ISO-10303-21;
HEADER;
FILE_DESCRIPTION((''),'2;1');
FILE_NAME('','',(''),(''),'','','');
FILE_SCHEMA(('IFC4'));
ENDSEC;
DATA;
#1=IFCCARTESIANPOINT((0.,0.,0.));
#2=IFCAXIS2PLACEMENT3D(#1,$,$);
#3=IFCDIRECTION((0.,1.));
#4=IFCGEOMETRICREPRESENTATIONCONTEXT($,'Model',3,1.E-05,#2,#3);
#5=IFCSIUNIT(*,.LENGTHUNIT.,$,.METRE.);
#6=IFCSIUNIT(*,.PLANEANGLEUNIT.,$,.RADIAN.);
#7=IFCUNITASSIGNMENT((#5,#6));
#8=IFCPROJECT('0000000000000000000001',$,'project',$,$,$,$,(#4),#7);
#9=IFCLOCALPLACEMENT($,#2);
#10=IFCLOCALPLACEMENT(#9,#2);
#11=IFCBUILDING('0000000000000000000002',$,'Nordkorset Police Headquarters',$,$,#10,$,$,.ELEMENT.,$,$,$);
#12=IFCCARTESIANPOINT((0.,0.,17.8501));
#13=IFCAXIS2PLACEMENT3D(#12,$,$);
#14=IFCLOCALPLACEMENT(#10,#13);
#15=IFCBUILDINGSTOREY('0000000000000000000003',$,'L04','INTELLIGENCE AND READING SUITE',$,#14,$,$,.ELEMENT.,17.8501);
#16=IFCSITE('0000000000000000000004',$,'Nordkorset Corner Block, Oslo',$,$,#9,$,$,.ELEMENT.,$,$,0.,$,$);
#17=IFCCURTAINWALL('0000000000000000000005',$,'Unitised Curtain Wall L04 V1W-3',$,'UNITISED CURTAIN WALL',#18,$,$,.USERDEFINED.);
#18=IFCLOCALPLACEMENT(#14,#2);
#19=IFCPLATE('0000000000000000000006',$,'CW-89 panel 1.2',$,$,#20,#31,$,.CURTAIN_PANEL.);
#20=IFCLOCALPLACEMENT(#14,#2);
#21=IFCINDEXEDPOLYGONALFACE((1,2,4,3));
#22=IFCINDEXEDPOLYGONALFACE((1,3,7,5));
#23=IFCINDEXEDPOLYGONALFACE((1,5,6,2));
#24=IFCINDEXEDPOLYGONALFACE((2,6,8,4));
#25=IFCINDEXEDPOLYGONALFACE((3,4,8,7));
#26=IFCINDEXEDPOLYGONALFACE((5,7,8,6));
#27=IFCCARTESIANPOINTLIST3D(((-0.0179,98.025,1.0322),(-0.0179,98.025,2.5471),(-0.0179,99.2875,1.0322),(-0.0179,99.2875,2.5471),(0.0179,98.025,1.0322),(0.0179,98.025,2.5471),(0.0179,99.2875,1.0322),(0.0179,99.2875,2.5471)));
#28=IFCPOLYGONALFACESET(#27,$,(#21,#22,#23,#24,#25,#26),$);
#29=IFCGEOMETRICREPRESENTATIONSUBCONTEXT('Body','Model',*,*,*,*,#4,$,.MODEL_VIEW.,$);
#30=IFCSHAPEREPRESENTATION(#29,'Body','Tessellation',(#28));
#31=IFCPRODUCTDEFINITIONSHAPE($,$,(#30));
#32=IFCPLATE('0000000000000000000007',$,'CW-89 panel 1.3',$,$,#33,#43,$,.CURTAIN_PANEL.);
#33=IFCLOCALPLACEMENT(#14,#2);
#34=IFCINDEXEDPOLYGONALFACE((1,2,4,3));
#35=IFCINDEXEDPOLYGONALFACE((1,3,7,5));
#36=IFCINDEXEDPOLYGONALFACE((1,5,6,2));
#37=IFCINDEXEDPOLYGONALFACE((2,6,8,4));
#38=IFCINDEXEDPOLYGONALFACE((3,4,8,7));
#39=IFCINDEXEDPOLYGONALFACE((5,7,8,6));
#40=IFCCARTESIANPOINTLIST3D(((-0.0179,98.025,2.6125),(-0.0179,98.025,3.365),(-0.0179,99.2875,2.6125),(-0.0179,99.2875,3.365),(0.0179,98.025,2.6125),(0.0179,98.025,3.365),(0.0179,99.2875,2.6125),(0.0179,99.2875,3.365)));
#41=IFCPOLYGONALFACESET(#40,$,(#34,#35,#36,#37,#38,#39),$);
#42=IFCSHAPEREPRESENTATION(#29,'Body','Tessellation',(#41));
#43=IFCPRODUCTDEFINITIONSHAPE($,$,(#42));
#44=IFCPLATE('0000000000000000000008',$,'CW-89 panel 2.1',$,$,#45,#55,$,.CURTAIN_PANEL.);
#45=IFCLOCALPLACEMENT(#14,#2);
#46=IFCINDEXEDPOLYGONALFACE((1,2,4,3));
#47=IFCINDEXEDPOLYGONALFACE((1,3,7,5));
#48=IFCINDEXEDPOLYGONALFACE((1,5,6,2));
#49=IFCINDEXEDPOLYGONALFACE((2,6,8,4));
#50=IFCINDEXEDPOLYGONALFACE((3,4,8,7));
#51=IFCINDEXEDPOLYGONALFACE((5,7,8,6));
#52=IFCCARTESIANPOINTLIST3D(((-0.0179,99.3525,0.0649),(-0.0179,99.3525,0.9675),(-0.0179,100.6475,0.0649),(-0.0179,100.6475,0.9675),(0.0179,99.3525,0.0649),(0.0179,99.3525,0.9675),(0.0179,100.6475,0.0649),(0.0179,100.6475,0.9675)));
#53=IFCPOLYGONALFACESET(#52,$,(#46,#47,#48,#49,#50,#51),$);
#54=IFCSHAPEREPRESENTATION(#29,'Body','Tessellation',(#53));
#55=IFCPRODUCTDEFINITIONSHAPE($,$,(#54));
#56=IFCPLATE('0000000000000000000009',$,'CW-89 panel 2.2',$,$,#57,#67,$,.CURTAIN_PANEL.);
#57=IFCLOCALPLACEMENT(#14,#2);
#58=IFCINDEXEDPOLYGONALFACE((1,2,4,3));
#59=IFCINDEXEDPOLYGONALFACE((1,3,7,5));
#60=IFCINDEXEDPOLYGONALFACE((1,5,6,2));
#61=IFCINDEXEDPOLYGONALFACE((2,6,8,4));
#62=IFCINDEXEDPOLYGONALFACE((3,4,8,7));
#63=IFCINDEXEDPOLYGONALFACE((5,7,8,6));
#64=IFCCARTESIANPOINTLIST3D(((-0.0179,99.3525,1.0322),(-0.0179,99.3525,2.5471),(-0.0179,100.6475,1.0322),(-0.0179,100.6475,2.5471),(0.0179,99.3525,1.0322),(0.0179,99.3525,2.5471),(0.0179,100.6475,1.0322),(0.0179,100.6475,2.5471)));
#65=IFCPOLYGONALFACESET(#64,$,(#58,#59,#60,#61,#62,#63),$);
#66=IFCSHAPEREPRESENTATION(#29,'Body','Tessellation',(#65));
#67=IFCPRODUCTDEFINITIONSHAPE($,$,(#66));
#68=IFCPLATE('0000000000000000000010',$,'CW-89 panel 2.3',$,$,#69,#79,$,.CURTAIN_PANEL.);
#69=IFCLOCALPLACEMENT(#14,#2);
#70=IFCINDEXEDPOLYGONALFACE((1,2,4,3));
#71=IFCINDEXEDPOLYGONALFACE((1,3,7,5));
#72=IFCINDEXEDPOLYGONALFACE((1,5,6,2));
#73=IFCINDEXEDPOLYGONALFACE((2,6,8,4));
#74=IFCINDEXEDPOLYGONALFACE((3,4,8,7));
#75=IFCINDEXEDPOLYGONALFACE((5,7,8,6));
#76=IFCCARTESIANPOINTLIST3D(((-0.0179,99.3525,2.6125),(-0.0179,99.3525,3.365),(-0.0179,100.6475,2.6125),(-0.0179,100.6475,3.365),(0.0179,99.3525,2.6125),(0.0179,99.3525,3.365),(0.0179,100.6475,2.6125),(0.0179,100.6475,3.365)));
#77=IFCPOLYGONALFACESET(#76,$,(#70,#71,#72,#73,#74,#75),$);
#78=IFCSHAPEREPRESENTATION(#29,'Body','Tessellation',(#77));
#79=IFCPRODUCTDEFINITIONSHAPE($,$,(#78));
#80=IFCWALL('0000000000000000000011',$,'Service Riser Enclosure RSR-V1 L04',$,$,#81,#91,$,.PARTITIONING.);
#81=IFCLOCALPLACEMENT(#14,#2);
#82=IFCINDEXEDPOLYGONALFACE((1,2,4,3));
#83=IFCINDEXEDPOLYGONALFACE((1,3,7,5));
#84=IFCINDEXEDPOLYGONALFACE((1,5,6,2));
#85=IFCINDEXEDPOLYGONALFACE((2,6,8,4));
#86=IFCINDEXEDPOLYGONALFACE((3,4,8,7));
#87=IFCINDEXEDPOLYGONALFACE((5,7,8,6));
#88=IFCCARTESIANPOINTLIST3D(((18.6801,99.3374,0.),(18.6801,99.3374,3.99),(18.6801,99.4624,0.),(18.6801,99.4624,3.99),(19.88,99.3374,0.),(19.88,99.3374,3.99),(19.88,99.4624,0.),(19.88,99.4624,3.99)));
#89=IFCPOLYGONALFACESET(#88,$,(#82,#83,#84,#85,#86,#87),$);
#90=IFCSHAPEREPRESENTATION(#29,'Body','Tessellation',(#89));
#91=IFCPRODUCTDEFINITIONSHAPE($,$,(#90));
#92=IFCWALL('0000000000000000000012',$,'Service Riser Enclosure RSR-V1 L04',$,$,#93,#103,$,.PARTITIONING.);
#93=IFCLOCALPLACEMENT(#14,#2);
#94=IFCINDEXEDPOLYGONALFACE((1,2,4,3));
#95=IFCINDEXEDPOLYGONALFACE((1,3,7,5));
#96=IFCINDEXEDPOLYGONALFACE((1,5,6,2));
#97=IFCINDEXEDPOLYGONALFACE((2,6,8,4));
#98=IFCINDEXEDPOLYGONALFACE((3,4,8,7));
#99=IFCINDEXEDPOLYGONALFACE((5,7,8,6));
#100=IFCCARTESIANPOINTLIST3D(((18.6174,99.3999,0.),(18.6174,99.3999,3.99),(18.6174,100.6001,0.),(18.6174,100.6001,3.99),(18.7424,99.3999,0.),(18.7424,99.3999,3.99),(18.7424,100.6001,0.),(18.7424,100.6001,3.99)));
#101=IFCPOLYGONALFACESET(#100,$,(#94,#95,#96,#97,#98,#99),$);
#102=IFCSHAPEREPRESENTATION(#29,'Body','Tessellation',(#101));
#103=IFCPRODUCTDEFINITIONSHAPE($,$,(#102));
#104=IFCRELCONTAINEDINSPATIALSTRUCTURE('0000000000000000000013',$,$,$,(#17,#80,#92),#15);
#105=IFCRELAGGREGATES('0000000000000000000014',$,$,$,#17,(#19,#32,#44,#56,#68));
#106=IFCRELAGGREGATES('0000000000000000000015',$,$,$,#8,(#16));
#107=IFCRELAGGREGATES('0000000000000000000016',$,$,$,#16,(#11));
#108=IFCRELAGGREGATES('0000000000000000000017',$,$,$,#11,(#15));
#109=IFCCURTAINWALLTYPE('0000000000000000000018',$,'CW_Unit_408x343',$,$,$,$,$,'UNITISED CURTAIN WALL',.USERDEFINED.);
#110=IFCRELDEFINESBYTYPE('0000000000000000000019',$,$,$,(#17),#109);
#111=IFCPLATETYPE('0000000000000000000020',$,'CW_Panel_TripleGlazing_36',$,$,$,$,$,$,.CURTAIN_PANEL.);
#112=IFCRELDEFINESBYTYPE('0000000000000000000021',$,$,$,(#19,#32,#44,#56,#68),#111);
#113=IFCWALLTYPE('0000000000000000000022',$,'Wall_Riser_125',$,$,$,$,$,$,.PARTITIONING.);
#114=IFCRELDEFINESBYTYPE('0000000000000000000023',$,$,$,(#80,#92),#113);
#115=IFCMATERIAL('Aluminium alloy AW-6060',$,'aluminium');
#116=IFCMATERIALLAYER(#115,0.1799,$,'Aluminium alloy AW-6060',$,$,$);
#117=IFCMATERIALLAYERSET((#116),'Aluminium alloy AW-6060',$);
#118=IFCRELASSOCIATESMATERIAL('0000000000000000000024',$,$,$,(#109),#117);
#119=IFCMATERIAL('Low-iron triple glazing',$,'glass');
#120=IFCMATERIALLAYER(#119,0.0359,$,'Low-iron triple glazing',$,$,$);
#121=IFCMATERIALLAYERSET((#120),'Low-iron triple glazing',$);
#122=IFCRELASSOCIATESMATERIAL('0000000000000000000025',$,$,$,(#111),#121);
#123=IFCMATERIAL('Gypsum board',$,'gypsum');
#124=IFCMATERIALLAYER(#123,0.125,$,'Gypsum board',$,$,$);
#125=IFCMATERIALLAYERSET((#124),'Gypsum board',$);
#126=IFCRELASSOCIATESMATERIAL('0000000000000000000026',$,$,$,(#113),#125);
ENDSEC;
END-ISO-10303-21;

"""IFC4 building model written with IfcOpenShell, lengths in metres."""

from ifc_helpers import new_model, si_unit, direction, frame, frame_2d, origin, origin_2d, place, context, subcontext, project, spatial, rectangle, extrude, material, layer, layer_set, type_object, element, aggregate, save


model = new_model("IFC4")

# Units and contexts
model_context = context("Model", 3, precision=1e-05, world=origin(), true_north=direction((0.0, 1.0)))
body_context = subcontext(model_context, "Body", "Model", "MODEL_VIEW")
ifc_project = project(units=[si_unit("LENGTHUNIT", "METRE"), si_unit("PLANEANGLEUNIT", "RADIAN")], contexts=[model_context])

# Site, building, storey
site_placement = place(None, origin())
site = spatial("IfcSite", under=ifc_project, at=site_placement, Name="Nordkorset Corner Block, Oslo", CompositionType="ELEMENT", RefElevation=0.0)
building_placement = place(site_placement, origin())
building = spatial("IfcBuilding", under=site, at=building_placement, Name="Nordkorset Police Headquarters", CompositionType="ELEMENT")
storey_placement = place(building_placement, frame((0.0, 0.0, 17.8501)))
storey = spatial("IfcBuildingStorey", under=building, at=storey_placement, Name="L04", Description="INTELLIGENCE AND READING SUITE", CompositionType="ELEMENT", Elevation=17.8501)

# Curtain wall
ifc_material_1 = material(Name="Aluminium alloy AW-6060", Category="aluminium")
ifc_layer_1 = layer(ifc_material_1, 0.1799, Name="Aluminium alloy AW-6060")
ifc_layer_set_1 = layer_set([ifc_layer_1], Name="Aluminium alloy AW-6060")
curtain_wall_type = type_object("IfcCurtainWallType", Name="CW_Unit_408x343", ElementType="UNITISED CURTAIN WALL", PredefinedType="USERDEFINED", material=ifc_layer_set_1)
curtain_wall_1_placement = place(storey_placement, origin())
curtain_wall_1 = element("IfcCurtainWall", 1, at=curtain_wall_1_placement, inside=storey, type_object=curtain_wall_type, Name="Unitised Curtain Wall L04 V1W-3", ObjectType="UNITISED CURTAIN WALL", PredefinedType="USERDEFINED")

# Plates
ifc_material_2 = material(Name="Low-iron triple glazing", Category="glass")
ifc_layer_2 = layer(ifc_material_2, 0.0359, Name="Low-iron triple glazing")
ifc_layer_set_2 = layer_set([ifc_layer_2], Name="Low-iron triple glazing")
plate_type = type_object("IfcPlateType", Name="CW_Panel_TripleGlazing_36", PredefinedType="CURTAIN_PANEL", material=ifc_layer_set_2)
plate_1_placement = place(storey_placement, frame((0.0, 98.6562, 1.0322), z_axis=(0.0, 0.0, 1.0), x_axis=(0.0, 1.0, 0.0)))
plate_1 = element("IfcPlate", 2, at=plate_1_placement, type_object=plate_type, Name="CW-89 panel 1.2", PredefinedType="CURTAIN_PANEL", context=body_context, shape_type="SweptSolid", body=[
    extrude(rectangle(XDim=1.2625, YDim=0.0359, at=origin_2d()), origin(), (0.0, 0.0, 1.0), 1.5149),
])
plate_2_placement = place(storey_placement, frame((0.0, 98.6562, 2.6125), z_axis=(0.0, 0.0, 1.0), x_axis=(0.0, 1.0, 0.0)))
plate_2 = element("IfcPlate", 3, at=plate_2_placement, type_object=plate_type, Name="CW-89 panel 1.3", PredefinedType="CURTAIN_PANEL", context=body_context, shape_type="SweptSolid", body=[
    extrude(rectangle(XDim=1.2625, YDim=0.0359, at=origin_2d()), origin(), (0.0, 0.0, 1.0), 0.7524),
])
plate_3_placement = place(storey_placement, frame((0.0, 100.0, 0.0649), z_axis=(0.0, 0.0, 1.0), x_axis=(0.0, 1.0, 0.0)))
plate_3 = element("IfcPlate", 4, at=plate_3_placement, type_object=plate_type, Name="CW-89 panel 2.1", PredefinedType="CURTAIN_PANEL", context=body_context, shape_type="SweptSolid", body=[
    extrude(rectangle(XDim=1.2949, YDim=0.0359, at=origin_2d()), origin(), (0.0, 0.0, 1.0), 0.9026),
])
plate_4_placement = place(storey_placement, frame((0.0, 100.0, 1.0322), z_axis=(0.0, 0.0, 1.0), x_axis=(0.0, 1.0, 0.0)))
plate_4 = element("IfcPlate", 5, at=plate_4_placement, type_object=plate_type, Name="CW-89 panel 2.2", PredefinedType="CURTAIN_PANEL", context=body_context, shape_type="SweptSolid", body=[
    extrude(rectangle(XDim=1.2949, YDim=0.0359, at=origin_2d()), origin(), (0.0, 0.0, 1.0), 1.5149),
])
plate_5_placement = place(storey_placement, frame((0.0, 100.0, 2.6125), z_axis=(0.0, 0.0, 1.0), x_axis=(0.0, 1.0, 0.0)))
plate_5 = element("IfcPlate", 6, at=plate_5_placement, type_object=plate_type, Name="CW-89 panel 2.3", PredefinedType="CURTAIN_PANEL", context=body_context, shape_type="SweptSolid", body=[
    extrude(rectangle(XDim=1.2949, YDim=0.0359, at=origin_2d()), origin(), (0.0, 0.0, 1.0), 0.7524),
])
aggregate(curtain_wall_1, [plate_1, plate_2, plate_3, plate_4, plate_5])

# Walls
ifc_material_3 = material(Name="Gypsum board", Category="gypsum")
ifc_layer_3 = layer(ifc_material_3, 0.125, Name="Gypsum board")
ifc_layer_set_3 = layer_set([ifc_layer_3], Name="Gypsum board")
wall_type = type_object("IfcWallType", Name="Wall_Riser_125", PredefinedType="PARTITIONING", material=ifc_layer_set_3)
wall_1_placement = place(storey_placement, frame((18.6799, 99.3999, 0.0), z_axis=(0.0, 0.0, 1.0), x_axis=(1.0, 0.0, 0.0)))
element("IfcWall", 7, at=wall_1_placement, inside=storey, type_object=wall_type, Name="Service Riser Enclosure RSR-V1 L04", PredefinedType="PARTITIONING", context=body_context, shape_type="SweptSolid", body=[
    extrude(rectangle(XDim=1.2, YDim=0.125, at=frame_2d((0.6001, 0.0))), origin(), (0.0, 0.0, 1.0), 3.99),
])
wall_2_placement = place(storey_placement, frame((18.6799, 100.6001, 0.0), z_axis=(0.0, 0.0, 1.0), x_axis=(0.0, -1.0, 0.0)))
element("IfcWall", 8, at=wall_2_placement, inside=storey, type_object=wall_type, Name="Service Riser Enclosure RSR-V1 L04", PredefinedType="PARTITIONING", context=body_context, shape_type="SweptSolid", body=[
    extrude(rectangle(XDim=1.2002, YDim=0.125, at=frame_2d((0.6001, 0.0))), origin(), (0.0, 0.0, 1.0), 3.99),
])

save(model, "model.ifc")
